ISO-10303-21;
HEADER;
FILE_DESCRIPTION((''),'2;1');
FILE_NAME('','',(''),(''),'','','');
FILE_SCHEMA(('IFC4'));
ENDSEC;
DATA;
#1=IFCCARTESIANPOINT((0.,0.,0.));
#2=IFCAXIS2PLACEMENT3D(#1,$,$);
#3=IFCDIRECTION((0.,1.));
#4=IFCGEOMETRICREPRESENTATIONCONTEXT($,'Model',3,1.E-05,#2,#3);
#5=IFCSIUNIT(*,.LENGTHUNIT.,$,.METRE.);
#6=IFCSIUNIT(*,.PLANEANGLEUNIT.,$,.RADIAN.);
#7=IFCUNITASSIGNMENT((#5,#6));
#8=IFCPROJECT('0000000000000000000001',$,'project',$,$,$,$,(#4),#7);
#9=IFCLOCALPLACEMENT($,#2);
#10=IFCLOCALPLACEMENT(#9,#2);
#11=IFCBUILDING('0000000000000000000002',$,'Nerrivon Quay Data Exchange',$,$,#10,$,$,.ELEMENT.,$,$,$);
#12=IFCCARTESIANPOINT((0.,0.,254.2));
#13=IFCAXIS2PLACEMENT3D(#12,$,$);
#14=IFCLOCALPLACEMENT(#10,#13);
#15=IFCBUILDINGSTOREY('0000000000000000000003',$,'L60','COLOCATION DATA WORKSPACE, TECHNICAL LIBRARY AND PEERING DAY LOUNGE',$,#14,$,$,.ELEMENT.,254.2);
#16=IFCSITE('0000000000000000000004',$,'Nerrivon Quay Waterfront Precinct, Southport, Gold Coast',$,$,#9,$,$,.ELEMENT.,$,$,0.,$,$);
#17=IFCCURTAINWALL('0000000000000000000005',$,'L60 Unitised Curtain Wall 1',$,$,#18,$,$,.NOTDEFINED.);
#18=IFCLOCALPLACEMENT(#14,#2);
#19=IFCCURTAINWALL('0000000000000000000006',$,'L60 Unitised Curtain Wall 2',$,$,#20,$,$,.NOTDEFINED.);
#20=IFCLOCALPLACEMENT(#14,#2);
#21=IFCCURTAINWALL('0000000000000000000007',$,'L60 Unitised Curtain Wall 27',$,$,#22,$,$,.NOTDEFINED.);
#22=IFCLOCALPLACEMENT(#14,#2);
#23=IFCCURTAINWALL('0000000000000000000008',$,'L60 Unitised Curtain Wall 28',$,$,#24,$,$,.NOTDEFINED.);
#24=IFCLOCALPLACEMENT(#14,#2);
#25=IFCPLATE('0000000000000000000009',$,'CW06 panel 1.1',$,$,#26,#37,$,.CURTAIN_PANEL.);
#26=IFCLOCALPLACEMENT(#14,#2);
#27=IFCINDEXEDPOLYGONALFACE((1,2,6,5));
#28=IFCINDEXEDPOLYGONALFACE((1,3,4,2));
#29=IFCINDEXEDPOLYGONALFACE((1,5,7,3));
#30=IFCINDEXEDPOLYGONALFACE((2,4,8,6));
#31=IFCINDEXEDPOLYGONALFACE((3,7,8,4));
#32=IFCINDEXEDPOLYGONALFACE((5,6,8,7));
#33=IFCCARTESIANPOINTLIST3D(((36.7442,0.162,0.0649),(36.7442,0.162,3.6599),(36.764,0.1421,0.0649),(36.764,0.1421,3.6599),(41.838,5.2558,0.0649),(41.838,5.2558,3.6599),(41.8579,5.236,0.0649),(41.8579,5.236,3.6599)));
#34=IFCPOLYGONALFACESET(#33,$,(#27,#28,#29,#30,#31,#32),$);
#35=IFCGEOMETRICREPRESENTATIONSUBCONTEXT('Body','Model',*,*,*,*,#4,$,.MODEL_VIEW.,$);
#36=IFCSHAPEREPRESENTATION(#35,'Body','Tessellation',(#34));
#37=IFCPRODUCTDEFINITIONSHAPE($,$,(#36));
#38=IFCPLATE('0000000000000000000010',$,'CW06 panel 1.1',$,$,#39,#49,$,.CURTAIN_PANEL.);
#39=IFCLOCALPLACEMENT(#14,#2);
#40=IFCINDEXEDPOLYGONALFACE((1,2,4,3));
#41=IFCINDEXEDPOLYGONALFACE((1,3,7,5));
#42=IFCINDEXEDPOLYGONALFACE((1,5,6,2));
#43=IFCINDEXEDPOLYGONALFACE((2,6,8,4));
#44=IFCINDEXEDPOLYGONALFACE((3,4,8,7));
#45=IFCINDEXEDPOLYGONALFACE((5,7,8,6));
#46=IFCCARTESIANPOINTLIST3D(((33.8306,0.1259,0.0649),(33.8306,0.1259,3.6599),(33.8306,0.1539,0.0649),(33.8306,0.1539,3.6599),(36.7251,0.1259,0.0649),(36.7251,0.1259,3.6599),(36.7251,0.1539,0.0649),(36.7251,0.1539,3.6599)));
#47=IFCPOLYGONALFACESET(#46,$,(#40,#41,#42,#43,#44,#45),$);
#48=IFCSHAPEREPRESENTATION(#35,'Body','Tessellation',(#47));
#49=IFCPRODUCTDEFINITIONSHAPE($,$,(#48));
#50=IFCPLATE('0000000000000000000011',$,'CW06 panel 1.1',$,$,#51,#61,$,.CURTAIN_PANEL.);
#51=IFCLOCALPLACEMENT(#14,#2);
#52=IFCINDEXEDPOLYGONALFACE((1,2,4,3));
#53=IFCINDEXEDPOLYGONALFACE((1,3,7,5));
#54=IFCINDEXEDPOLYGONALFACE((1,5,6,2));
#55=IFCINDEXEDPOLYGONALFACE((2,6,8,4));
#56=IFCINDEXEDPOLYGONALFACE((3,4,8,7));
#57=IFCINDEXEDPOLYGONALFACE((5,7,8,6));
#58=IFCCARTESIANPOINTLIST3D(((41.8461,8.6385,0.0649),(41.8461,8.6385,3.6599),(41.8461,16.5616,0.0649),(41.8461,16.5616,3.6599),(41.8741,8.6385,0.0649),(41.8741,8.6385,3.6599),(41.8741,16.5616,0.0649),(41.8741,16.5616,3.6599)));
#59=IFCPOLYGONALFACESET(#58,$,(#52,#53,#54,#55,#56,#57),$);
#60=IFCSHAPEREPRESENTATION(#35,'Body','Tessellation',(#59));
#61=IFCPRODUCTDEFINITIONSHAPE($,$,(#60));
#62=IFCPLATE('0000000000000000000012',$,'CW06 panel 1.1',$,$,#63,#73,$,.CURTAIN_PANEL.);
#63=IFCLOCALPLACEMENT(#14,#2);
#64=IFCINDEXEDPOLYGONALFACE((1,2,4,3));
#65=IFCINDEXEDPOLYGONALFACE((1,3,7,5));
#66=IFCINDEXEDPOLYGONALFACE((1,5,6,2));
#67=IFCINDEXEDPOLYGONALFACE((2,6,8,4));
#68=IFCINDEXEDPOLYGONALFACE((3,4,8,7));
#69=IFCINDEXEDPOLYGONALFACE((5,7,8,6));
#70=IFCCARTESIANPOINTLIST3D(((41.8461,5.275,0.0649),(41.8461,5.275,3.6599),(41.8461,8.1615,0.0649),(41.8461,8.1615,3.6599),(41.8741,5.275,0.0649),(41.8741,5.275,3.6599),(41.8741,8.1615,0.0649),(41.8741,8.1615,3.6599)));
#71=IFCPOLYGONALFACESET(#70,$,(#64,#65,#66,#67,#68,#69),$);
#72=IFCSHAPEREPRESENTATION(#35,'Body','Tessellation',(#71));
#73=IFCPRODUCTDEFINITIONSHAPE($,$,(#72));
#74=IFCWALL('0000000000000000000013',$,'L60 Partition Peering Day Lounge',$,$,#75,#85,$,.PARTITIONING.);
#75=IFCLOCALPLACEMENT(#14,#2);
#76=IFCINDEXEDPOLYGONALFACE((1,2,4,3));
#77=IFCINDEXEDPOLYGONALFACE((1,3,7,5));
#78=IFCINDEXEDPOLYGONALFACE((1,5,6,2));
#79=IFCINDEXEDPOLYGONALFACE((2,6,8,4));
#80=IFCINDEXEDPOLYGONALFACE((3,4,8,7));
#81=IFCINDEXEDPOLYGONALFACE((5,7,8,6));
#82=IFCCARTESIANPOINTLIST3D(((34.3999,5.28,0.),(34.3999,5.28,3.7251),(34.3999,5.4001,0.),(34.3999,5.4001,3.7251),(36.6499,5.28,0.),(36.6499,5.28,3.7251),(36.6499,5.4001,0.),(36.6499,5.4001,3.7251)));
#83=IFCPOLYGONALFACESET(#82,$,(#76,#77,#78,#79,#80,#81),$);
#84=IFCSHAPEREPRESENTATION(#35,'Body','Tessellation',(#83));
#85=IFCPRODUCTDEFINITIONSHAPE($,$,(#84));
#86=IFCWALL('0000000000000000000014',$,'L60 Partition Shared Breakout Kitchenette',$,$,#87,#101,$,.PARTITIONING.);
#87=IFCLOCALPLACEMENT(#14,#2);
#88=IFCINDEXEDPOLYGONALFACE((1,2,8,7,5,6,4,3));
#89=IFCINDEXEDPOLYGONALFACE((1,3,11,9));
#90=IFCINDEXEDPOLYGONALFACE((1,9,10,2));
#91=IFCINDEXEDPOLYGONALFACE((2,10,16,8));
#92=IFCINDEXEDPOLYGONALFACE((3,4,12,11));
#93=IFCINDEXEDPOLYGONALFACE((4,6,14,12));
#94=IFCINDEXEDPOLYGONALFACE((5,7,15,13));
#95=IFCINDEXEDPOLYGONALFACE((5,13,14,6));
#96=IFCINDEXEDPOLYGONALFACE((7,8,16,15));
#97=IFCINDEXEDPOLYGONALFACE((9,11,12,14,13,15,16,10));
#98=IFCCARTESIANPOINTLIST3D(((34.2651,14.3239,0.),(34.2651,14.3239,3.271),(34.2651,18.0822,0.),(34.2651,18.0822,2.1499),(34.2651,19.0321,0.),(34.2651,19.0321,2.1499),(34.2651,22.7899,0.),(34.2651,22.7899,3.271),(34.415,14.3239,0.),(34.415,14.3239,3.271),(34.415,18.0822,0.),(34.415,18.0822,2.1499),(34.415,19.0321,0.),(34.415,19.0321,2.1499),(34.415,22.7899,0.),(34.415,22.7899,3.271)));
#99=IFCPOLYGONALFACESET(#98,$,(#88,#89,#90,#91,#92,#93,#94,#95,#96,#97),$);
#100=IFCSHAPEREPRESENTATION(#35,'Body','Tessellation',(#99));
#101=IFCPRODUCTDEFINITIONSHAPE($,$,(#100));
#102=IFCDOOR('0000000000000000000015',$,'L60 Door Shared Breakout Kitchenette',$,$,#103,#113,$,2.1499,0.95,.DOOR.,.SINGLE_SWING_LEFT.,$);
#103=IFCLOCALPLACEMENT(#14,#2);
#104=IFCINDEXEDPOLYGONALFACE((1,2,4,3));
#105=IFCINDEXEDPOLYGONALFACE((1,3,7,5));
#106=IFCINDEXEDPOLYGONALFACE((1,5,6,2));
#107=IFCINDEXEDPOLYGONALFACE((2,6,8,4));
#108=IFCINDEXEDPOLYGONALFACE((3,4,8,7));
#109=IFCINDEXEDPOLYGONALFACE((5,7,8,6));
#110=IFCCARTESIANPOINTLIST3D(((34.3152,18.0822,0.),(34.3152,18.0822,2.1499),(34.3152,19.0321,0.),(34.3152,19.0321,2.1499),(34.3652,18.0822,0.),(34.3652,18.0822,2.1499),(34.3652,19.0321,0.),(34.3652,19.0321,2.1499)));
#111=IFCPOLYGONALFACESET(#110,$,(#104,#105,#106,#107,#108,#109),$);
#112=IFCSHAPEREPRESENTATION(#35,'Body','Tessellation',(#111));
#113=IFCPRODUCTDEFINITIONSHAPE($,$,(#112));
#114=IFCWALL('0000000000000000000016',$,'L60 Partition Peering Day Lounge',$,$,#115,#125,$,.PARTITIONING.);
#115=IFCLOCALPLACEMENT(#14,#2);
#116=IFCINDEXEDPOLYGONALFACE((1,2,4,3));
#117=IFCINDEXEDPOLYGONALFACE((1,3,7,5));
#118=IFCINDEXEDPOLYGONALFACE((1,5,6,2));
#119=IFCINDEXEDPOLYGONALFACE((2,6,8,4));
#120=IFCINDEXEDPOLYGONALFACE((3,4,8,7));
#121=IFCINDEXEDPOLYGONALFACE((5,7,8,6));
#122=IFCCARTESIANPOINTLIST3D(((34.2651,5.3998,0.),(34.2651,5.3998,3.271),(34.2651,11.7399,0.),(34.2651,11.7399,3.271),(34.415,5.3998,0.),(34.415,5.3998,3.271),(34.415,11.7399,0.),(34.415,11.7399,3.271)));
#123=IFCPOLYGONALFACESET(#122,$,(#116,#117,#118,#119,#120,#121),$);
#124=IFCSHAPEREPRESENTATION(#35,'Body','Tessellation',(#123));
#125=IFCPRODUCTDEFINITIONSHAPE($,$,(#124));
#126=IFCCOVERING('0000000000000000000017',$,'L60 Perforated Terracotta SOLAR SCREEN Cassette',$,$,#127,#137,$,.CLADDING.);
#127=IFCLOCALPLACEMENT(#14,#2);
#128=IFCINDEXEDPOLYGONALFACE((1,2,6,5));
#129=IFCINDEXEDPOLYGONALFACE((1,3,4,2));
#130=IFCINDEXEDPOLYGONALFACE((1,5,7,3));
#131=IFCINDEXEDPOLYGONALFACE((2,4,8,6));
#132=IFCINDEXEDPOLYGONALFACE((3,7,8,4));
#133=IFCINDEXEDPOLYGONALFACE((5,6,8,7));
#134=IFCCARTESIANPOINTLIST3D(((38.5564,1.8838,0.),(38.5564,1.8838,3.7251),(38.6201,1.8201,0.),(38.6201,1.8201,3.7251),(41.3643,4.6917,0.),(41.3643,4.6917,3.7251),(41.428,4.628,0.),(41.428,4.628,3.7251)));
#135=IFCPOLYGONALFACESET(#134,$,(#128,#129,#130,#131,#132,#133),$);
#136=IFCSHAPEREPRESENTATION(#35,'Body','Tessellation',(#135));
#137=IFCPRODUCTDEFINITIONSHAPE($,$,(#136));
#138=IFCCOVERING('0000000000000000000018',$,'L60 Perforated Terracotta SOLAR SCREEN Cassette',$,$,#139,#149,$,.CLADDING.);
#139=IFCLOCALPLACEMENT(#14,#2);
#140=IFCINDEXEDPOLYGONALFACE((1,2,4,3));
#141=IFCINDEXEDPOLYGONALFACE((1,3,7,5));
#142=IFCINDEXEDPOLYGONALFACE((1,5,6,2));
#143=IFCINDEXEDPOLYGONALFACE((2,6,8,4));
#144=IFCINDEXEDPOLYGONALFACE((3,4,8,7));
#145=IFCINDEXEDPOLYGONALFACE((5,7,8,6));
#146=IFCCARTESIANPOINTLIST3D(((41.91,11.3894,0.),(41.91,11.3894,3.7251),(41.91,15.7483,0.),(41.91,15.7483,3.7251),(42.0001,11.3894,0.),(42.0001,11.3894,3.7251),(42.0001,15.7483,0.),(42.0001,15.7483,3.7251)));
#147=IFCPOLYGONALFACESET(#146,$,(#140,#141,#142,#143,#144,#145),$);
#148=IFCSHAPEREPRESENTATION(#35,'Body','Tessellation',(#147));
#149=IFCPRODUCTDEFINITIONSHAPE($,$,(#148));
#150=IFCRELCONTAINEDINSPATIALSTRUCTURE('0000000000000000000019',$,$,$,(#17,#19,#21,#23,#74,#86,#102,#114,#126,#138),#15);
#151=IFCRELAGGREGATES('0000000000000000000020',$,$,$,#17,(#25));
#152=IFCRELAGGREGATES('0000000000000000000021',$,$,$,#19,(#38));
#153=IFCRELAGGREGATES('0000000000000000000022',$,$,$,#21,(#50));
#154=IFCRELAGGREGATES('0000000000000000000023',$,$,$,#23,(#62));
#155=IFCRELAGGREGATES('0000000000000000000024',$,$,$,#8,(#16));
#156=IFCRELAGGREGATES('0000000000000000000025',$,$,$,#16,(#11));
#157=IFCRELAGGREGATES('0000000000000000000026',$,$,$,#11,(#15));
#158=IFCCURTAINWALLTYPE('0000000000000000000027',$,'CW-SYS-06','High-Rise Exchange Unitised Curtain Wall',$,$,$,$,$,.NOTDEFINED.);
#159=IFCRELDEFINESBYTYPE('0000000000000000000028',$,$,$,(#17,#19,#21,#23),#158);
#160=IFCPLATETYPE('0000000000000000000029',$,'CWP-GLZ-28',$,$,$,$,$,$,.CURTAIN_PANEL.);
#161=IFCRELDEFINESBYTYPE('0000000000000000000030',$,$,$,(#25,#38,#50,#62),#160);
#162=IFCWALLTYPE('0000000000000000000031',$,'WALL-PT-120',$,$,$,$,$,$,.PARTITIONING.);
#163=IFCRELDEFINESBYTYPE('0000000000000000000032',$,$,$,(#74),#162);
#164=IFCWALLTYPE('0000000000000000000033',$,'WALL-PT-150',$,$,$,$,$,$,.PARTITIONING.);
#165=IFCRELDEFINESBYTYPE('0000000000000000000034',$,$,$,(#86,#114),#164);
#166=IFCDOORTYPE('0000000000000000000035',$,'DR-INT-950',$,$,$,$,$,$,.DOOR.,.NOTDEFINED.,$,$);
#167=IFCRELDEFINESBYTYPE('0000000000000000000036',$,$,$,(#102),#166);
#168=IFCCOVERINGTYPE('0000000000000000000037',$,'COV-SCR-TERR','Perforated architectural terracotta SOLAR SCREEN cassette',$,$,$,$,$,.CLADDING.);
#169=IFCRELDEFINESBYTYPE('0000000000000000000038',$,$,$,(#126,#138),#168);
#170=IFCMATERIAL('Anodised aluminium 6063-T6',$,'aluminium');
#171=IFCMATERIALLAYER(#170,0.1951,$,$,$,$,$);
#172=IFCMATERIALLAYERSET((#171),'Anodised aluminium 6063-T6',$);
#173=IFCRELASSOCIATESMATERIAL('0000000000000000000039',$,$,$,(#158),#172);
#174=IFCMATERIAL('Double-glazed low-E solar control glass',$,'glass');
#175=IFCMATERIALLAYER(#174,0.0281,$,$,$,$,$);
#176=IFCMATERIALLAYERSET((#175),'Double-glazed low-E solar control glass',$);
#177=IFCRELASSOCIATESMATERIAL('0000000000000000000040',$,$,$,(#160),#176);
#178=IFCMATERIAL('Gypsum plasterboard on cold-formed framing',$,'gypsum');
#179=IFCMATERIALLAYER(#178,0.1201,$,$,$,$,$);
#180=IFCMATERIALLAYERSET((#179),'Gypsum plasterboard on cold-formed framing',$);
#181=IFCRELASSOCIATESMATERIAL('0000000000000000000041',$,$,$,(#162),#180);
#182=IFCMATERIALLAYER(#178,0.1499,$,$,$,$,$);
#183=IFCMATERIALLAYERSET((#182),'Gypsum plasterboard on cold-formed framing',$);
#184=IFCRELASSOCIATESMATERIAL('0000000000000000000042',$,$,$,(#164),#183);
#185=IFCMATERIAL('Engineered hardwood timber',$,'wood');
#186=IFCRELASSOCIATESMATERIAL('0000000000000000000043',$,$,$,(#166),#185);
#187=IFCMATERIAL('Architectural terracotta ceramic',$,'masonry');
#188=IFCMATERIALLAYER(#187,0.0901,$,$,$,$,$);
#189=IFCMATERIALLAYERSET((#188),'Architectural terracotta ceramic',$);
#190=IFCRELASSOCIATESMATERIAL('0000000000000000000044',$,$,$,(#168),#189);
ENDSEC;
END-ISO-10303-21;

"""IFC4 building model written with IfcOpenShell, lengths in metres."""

from ifc_helpers import new_model, si_unit, direction, frame, frame_2d, origin, origin_2d, place, context, subcontext, project, spatial, rectangle, extrude, material, layer, layer_set, type_object, element, fill, aggregate, save


model = new_model("IFC4")

# Units and contexts
model_context = context("Model", 3, precision=1e-05, world=origin(), true_north=direction((0.0, 1.0)))
body_context = subcontext(model_context, "Body", "Model", "MODEL_VIEW")
ifc_project = project(units=[si_unit("LENGTHUNIT", "METRE"), si_unit("PLANEANGLEUNIT", "RADIAN")], contexts=[model_context])

# Site, building, storey
site_placement = place(None, origin())
site = spatial("IfcSite", under=ifc_project, at=site_placement, Name="Nerrivon Quay Waterfront Precinct, Southport, Gold Coast", CompositionType="ELEMENT", RefElevation=0.0)
building_placement = place(site_placement, origin())
building = spatial("IfcBuilding", under=site, at=building_placement, Name="Nerrivon Quay Data Exchange", CompositionType="ELEMENT")
storey_placement = place(building_placement, frame((0.0, 0.0, 254.2)))
storey = spatial("IfcBuildingStorey", under=building, at=storey_placement, Name="L60", Description="COLOCATION DATA WORKSPACE, TECHNICAL LIBRARY AND PEERING DAY LOUNGE", CompositionType="ELEMENT", Elevation=254.2)

# Curtain wall
ifc_material_1 = material(Name="Anodised aluminium 6063-T6", Category="aluminium")
ifc_layer_1 = layer(ifc_material_1, 0.1951)
ifc_layer_set_1 = layer_set([ifc_layer_1], Name="Anodised aluminium 6063-T6")
curtain_wall_type = type_object("IfcCurtainWallType", Name="CW-SYS-06", Description="High-Rise Exchange Unitised Curtain Wall", PredefinedType="NOTDEFINED", material=ifc_layer_set_1)
curtain_wall_1_placement = place(storey_placement, origin())
curtain_wall_1 = element("IfcCurtainWall", 1, at=curtain_wall_1_placement, inside=storey, type_object=curtain_wall_type, Name="L60 Unitised Curtain Wall 1", PredefinedType="NOTDEFINED")

# Curtain walls
curtain_wall_2_placement = place(storey_placement, origin())
curtain_wall_2 = element("IfcCurtainWall", 2, at=curtain_wall_2_placement, inside=storey, type_object=curtain_wall_type, Name="L60 Unitised Curtain Wall 2", PredefinedType="NOTDEFINED")
curtain_wall_3_placement = place(storey_placement, origin())
curtain_wall_3 = element("IfcCurtainWall", 3, at=curtain_wall_3_placement, inside=storey, type_object=curtain_wall_type, Name="L60 Unitised Curtain Wall 27", PredefinedType="NOTDEFINED")

# Curtain wall
curtain_wall_4_placement = place(storey_placement, origin())
curtain_wall_4 = element("IfcCurtainWall", 4, at=curtain_wall_4_placement, inside=storey, type_object=curtain_wall_type, Name="L60 Unitised Curtain Wall 28", PredefinedType="NOTDEFINED")

# Plates
ifc_material_2 = material(Name="Double-glazed low-E solar control glass", Category="glass")
ifc_layer_2 = layer(ifc_material_2, 0.0281)
ifc_layer_set_2 = layer_set([ifc_layer_2], Name="Double-glazed low-E solar control glass")
plate_type = type_object("IfcPlateType", Name="CWP-GLZ-28", PredefinedType="CURTAIN_PANEL", material=ifc_layer_set_2)
plate_1_placement = place(storey_placement, frame((39.301, 2.699, 0.0649), z_axis=(0.0, 0.0, 1.0), x_axis=(-0.707107, -0.707107, 0.0)))
plate_1 = element("IfcPlate", 5, at=plate_1_placement, type_object=plate_type, Name="CW06 panel 1.1", PredefinedType="CURTAIN_PANEL", context=body_context, shape_type="SweptSolid", body=[
    extrude(rectangle(XDim=7.2039, YDim=0.0281, at=origin_2d()), origin(), (0.0, 0.0, 1.0), 3.595),
])
aggregate(curtain_wall_1, [plate_1])
plate_2_placement = place(storey_placement, frame((35.2778, 0.1399, 0.0649), z_axis=(0.0, 0.0, 1.0), x_axis=(-1.0, 0.0, 0.0)))
plate_2 = element("IfcPlate", 6, at=plate_2_placement, type_object=plate_type, Name="CW06 panel 1.1", PredefinedType="CURTAIN_PANEL", context=body_context, shape_type="SweptSolid", body=[
    extrude(rectangle(XDim=2.8945, YDim=0.0281, at=origin_2d()), origin(), (0.0, 0.0, 1.0), 3.595),
])
aggregate(curtain_wall_2, [plate_2])
plate_3_placement = place(storey_placement, frame((41.8601, 12.6001, 0.0649), z_axis=(0.0, 0.0, 1.0), x_axis=(0.0, -1.0, 0.0)))
plate_3 = element("IfcPlate", 7, at=plate_3_placement, type_object=plate_type, Name="CW06 panel 1.1", PredefinedType="CURTAIN_PANEL", context=body_context, shape_type="SweptSolid", body=[
    extrude(rectangle(XDim=7.9231, YDim=0.0281, at=origin_2d()), origin(), (0.0, 0.0, 1.0), 3.595),
])
aggregate(curtain_wall_3, [plate_3])
plate_4_placement = place(storey_placement, frame((41.8601, 6.7183, 0.0649), z_axis=(0.0, 0.0, 1.0), x_axis=(0.0, -1.0, 0.0)))
plate_4 = element("IfcPlate", 8, at=plate_4_placement, type_object=plate_type, Name="CW06 panel 1.1", PredefinedType="CURTAIN_PANEL", context=body_context, shape_type="SweptSolid", body=[
    extrude(rectangle(XDim=2.8865, YDim=0.0281, at=origin_2d()), origin(), (0.0, 0.0, 1.0), 3.595),
])
aggregate(curtain_wall_4, [plate_4])

# Wall
ifc_material_3 = material(Name="Gypsum plasterboard on cold-formed framing", Category="gypsum")
ifc_layer_3 = layer(ifc_material_3, 0.1201)
ifc_layer_set_3 = layer_set([ifc_layer_3], Name="Gypsum plasterboard on cold-formed framing")
wall_type_1 = type_object("IfcWallType", Name="WALL-PT-120", PredefinedType="PARTITIONING", material=ifc_layer_set_3)
wall_1_placement = place(storey_placement, frame((36.6499, 5.3401, 0.0), z_axis=(0.0, 0.0, 1.0), x_axis=(-1.0, 0.0, 0.0)))
element("IfcWall", 9, at=wall_1_placement, inside=storey, type_object=wall_type_1, Name="L60 Partition Peering Day Lounge", PredefinedType="PARTITIONING", context=body_context, shape_type="SweptSolid", body=[
    extrude(rectangle(XDim=2.25, YDim=0.1201, at=frame_2d((1.125, 0.0))), origin(), (0.0, 0.0, 1.0), 3.7251),
])

# Wall, opening, door
ifc_layer_4 = layer(ifc_material_3, 0.1499)
ifc_layer_set_4 = layer_set([ifc_layer_4], Name="Gypsum plasterboard on cold-formed framing")
wall_type_2 = type_object("IfcWallType", Name="WALL-PT-150", PredefinedType="PARTITIONING", material=ifc_layer_set_4)
wall_2_placement = place(storey_placement, frame((34.3401, 14.324, 0.0), z_axis=(0.0, 0.0, 1.0), x_axis=(0.0, 1.0, 0.0)))
wall_2 = element("IfcWall", 10, at=wall_2_placement, inside=storey, type_object=wall_type_2, Name="L60 Partition Shared Breakout Kitchenette", PredefinedType="PARTITIONING", context=body_context, shape_type="SweptSolid", body=[
    extrude(rectangle(XDim=8.4661, YDim=0.1499, at=frame_2d((4.2329, 0.0))), origin(), (0.0, 0.0, 1.0), 3.271),
])
opening_placement = place(wall_2_placement, frame((3.7581, 0.0, 0.0)))
opening = element("IfcOpeningElement", 11, at=opening_placement, cuts=wall_2, PredefinedType="OPENING", context=body_context, shape_type="SweptSolid", body=[
    extrude(rectangle(XDim=0.95, YDim=2.1499, at=frame_2d((0.4751, 1.075))), frame((0.0, 0.085, 0.0), z_axis=(0.0, -1.0, 0.0), x_axis=(1.0, 0.0, 0.0)), (0.0, 0.0, 1.0), 0.1699),
])
ifc_material_4 = material(Name="Engineered hardwood timber", Category="wood")
door_type = type_object("IfcDoorType", Name="DR-INT-950", OperationType="NOTDEFINED", PredefinedType="DOOR", material=ifc_material_4)
door_placement = place(opening_placement, origin())
door = element("IfcDoor", 12, at=door_placement, inside=storey, type_object=door_type, Name="L60 Door Shared Breakout Kitchenette", OperationType="SINGLE_SWING_LEFT", OverallHeight=2.1499, OverallWidth=0.95, PredefinedType="DOOR", context=body_context, shape_type="SweptSolid", body=[
    extrude(rectangle(XDim=0.95, YDim=2.1499, at=frame_2d((0.4751, 1.075))), frame((0.0, 0.0249, 0.0), z_axis=(0.0, -1.0, 0.0), x_axis=(1.0, 0.0, 0.0)), (0.0, 0.0, 1.0), 0.05),
])
fill(opening, door)

# Wall
wall_3_placement = place(storey_placement, frame((34.3401, 5.3999, 0.0), z_axis=(0.0, 0.0, 1.0), x_axis=(0.0, 1.0, 0.0)))
element("IfcWall", 13, at=wall_3_placement, inside=storey, type_object=wall_type_2, Name="L60 Partition Peering Day Lounge", PredefinedType="PARTITIONING", context=body_context, shape_type="SweptSolid", body=[
    extrude(rectangle(XDim=6.3401, YDim=0.1499, at=frame_2d((3.1699, 0.0))), origin(), (0.0, 0.0, 1.0), 3.271),
])

# Coverings
ifc_material_5 = material(Name="Architectural terracotta ceramic", Category="masonry")
ifc_layer_5 = layer(ifc_material_5, 0.0901)
ifc_layer_set_5 = layer_set([ifc_layer_5], Name="Architectural terracotta ceramic")
covering_type = type_object("IfcCoveringType", Name="COV-SCR-TERR", Description="Perforated architectural terracotta SOLAR SCREEN cassette", PredefinedType="CLADDING", material=ifc_layer_set_5)
covering_1_placement = place(storey_placement, frame((39.9922, 3.2559, 0.0), z_axis=(0.0, 0.0, 1.0), x_axis=(-0.707107, -0.707107, 0.0)))
element("IfcCovering", 14, at=covering_1_placement, inside=storey, type_object=covering_type, Name="L60 Perforated Terracotta SOLAR SCREEN Cassette", PredefinedType="CLADDING", context=body_context, shape_type="SweptSolid", body=[
    extrude(rectangle(XDim=3.9709, YDim=0.0901, at=origin_2d()), origin(), (0.0, 0.0, 1.0), 3.7251),
])
covering_2_placement = place(storey_placement, frame((41.9551, 13.5688, 0.0), z_axis=(0.0, 0.0, 1.0), x_axis=(0.0, -1.0, 0.0)))
element("IfcCovering", 15, at=covering_2_placement, inside=storey, type_object=covering_type, Name="L60 Perforated Terracotta SOLAR SCREEN Cassette", PredefinedType="CLADDING", context=body_context, shape_type="SweptSolid", body=[
    extrude(rectangle(XDim=4.3589, YDim=0.0901, at=origin_2d()), origin(), (0.0, 0.0, 1.0), 3.7251),
])

save(model, "model.ifc")
